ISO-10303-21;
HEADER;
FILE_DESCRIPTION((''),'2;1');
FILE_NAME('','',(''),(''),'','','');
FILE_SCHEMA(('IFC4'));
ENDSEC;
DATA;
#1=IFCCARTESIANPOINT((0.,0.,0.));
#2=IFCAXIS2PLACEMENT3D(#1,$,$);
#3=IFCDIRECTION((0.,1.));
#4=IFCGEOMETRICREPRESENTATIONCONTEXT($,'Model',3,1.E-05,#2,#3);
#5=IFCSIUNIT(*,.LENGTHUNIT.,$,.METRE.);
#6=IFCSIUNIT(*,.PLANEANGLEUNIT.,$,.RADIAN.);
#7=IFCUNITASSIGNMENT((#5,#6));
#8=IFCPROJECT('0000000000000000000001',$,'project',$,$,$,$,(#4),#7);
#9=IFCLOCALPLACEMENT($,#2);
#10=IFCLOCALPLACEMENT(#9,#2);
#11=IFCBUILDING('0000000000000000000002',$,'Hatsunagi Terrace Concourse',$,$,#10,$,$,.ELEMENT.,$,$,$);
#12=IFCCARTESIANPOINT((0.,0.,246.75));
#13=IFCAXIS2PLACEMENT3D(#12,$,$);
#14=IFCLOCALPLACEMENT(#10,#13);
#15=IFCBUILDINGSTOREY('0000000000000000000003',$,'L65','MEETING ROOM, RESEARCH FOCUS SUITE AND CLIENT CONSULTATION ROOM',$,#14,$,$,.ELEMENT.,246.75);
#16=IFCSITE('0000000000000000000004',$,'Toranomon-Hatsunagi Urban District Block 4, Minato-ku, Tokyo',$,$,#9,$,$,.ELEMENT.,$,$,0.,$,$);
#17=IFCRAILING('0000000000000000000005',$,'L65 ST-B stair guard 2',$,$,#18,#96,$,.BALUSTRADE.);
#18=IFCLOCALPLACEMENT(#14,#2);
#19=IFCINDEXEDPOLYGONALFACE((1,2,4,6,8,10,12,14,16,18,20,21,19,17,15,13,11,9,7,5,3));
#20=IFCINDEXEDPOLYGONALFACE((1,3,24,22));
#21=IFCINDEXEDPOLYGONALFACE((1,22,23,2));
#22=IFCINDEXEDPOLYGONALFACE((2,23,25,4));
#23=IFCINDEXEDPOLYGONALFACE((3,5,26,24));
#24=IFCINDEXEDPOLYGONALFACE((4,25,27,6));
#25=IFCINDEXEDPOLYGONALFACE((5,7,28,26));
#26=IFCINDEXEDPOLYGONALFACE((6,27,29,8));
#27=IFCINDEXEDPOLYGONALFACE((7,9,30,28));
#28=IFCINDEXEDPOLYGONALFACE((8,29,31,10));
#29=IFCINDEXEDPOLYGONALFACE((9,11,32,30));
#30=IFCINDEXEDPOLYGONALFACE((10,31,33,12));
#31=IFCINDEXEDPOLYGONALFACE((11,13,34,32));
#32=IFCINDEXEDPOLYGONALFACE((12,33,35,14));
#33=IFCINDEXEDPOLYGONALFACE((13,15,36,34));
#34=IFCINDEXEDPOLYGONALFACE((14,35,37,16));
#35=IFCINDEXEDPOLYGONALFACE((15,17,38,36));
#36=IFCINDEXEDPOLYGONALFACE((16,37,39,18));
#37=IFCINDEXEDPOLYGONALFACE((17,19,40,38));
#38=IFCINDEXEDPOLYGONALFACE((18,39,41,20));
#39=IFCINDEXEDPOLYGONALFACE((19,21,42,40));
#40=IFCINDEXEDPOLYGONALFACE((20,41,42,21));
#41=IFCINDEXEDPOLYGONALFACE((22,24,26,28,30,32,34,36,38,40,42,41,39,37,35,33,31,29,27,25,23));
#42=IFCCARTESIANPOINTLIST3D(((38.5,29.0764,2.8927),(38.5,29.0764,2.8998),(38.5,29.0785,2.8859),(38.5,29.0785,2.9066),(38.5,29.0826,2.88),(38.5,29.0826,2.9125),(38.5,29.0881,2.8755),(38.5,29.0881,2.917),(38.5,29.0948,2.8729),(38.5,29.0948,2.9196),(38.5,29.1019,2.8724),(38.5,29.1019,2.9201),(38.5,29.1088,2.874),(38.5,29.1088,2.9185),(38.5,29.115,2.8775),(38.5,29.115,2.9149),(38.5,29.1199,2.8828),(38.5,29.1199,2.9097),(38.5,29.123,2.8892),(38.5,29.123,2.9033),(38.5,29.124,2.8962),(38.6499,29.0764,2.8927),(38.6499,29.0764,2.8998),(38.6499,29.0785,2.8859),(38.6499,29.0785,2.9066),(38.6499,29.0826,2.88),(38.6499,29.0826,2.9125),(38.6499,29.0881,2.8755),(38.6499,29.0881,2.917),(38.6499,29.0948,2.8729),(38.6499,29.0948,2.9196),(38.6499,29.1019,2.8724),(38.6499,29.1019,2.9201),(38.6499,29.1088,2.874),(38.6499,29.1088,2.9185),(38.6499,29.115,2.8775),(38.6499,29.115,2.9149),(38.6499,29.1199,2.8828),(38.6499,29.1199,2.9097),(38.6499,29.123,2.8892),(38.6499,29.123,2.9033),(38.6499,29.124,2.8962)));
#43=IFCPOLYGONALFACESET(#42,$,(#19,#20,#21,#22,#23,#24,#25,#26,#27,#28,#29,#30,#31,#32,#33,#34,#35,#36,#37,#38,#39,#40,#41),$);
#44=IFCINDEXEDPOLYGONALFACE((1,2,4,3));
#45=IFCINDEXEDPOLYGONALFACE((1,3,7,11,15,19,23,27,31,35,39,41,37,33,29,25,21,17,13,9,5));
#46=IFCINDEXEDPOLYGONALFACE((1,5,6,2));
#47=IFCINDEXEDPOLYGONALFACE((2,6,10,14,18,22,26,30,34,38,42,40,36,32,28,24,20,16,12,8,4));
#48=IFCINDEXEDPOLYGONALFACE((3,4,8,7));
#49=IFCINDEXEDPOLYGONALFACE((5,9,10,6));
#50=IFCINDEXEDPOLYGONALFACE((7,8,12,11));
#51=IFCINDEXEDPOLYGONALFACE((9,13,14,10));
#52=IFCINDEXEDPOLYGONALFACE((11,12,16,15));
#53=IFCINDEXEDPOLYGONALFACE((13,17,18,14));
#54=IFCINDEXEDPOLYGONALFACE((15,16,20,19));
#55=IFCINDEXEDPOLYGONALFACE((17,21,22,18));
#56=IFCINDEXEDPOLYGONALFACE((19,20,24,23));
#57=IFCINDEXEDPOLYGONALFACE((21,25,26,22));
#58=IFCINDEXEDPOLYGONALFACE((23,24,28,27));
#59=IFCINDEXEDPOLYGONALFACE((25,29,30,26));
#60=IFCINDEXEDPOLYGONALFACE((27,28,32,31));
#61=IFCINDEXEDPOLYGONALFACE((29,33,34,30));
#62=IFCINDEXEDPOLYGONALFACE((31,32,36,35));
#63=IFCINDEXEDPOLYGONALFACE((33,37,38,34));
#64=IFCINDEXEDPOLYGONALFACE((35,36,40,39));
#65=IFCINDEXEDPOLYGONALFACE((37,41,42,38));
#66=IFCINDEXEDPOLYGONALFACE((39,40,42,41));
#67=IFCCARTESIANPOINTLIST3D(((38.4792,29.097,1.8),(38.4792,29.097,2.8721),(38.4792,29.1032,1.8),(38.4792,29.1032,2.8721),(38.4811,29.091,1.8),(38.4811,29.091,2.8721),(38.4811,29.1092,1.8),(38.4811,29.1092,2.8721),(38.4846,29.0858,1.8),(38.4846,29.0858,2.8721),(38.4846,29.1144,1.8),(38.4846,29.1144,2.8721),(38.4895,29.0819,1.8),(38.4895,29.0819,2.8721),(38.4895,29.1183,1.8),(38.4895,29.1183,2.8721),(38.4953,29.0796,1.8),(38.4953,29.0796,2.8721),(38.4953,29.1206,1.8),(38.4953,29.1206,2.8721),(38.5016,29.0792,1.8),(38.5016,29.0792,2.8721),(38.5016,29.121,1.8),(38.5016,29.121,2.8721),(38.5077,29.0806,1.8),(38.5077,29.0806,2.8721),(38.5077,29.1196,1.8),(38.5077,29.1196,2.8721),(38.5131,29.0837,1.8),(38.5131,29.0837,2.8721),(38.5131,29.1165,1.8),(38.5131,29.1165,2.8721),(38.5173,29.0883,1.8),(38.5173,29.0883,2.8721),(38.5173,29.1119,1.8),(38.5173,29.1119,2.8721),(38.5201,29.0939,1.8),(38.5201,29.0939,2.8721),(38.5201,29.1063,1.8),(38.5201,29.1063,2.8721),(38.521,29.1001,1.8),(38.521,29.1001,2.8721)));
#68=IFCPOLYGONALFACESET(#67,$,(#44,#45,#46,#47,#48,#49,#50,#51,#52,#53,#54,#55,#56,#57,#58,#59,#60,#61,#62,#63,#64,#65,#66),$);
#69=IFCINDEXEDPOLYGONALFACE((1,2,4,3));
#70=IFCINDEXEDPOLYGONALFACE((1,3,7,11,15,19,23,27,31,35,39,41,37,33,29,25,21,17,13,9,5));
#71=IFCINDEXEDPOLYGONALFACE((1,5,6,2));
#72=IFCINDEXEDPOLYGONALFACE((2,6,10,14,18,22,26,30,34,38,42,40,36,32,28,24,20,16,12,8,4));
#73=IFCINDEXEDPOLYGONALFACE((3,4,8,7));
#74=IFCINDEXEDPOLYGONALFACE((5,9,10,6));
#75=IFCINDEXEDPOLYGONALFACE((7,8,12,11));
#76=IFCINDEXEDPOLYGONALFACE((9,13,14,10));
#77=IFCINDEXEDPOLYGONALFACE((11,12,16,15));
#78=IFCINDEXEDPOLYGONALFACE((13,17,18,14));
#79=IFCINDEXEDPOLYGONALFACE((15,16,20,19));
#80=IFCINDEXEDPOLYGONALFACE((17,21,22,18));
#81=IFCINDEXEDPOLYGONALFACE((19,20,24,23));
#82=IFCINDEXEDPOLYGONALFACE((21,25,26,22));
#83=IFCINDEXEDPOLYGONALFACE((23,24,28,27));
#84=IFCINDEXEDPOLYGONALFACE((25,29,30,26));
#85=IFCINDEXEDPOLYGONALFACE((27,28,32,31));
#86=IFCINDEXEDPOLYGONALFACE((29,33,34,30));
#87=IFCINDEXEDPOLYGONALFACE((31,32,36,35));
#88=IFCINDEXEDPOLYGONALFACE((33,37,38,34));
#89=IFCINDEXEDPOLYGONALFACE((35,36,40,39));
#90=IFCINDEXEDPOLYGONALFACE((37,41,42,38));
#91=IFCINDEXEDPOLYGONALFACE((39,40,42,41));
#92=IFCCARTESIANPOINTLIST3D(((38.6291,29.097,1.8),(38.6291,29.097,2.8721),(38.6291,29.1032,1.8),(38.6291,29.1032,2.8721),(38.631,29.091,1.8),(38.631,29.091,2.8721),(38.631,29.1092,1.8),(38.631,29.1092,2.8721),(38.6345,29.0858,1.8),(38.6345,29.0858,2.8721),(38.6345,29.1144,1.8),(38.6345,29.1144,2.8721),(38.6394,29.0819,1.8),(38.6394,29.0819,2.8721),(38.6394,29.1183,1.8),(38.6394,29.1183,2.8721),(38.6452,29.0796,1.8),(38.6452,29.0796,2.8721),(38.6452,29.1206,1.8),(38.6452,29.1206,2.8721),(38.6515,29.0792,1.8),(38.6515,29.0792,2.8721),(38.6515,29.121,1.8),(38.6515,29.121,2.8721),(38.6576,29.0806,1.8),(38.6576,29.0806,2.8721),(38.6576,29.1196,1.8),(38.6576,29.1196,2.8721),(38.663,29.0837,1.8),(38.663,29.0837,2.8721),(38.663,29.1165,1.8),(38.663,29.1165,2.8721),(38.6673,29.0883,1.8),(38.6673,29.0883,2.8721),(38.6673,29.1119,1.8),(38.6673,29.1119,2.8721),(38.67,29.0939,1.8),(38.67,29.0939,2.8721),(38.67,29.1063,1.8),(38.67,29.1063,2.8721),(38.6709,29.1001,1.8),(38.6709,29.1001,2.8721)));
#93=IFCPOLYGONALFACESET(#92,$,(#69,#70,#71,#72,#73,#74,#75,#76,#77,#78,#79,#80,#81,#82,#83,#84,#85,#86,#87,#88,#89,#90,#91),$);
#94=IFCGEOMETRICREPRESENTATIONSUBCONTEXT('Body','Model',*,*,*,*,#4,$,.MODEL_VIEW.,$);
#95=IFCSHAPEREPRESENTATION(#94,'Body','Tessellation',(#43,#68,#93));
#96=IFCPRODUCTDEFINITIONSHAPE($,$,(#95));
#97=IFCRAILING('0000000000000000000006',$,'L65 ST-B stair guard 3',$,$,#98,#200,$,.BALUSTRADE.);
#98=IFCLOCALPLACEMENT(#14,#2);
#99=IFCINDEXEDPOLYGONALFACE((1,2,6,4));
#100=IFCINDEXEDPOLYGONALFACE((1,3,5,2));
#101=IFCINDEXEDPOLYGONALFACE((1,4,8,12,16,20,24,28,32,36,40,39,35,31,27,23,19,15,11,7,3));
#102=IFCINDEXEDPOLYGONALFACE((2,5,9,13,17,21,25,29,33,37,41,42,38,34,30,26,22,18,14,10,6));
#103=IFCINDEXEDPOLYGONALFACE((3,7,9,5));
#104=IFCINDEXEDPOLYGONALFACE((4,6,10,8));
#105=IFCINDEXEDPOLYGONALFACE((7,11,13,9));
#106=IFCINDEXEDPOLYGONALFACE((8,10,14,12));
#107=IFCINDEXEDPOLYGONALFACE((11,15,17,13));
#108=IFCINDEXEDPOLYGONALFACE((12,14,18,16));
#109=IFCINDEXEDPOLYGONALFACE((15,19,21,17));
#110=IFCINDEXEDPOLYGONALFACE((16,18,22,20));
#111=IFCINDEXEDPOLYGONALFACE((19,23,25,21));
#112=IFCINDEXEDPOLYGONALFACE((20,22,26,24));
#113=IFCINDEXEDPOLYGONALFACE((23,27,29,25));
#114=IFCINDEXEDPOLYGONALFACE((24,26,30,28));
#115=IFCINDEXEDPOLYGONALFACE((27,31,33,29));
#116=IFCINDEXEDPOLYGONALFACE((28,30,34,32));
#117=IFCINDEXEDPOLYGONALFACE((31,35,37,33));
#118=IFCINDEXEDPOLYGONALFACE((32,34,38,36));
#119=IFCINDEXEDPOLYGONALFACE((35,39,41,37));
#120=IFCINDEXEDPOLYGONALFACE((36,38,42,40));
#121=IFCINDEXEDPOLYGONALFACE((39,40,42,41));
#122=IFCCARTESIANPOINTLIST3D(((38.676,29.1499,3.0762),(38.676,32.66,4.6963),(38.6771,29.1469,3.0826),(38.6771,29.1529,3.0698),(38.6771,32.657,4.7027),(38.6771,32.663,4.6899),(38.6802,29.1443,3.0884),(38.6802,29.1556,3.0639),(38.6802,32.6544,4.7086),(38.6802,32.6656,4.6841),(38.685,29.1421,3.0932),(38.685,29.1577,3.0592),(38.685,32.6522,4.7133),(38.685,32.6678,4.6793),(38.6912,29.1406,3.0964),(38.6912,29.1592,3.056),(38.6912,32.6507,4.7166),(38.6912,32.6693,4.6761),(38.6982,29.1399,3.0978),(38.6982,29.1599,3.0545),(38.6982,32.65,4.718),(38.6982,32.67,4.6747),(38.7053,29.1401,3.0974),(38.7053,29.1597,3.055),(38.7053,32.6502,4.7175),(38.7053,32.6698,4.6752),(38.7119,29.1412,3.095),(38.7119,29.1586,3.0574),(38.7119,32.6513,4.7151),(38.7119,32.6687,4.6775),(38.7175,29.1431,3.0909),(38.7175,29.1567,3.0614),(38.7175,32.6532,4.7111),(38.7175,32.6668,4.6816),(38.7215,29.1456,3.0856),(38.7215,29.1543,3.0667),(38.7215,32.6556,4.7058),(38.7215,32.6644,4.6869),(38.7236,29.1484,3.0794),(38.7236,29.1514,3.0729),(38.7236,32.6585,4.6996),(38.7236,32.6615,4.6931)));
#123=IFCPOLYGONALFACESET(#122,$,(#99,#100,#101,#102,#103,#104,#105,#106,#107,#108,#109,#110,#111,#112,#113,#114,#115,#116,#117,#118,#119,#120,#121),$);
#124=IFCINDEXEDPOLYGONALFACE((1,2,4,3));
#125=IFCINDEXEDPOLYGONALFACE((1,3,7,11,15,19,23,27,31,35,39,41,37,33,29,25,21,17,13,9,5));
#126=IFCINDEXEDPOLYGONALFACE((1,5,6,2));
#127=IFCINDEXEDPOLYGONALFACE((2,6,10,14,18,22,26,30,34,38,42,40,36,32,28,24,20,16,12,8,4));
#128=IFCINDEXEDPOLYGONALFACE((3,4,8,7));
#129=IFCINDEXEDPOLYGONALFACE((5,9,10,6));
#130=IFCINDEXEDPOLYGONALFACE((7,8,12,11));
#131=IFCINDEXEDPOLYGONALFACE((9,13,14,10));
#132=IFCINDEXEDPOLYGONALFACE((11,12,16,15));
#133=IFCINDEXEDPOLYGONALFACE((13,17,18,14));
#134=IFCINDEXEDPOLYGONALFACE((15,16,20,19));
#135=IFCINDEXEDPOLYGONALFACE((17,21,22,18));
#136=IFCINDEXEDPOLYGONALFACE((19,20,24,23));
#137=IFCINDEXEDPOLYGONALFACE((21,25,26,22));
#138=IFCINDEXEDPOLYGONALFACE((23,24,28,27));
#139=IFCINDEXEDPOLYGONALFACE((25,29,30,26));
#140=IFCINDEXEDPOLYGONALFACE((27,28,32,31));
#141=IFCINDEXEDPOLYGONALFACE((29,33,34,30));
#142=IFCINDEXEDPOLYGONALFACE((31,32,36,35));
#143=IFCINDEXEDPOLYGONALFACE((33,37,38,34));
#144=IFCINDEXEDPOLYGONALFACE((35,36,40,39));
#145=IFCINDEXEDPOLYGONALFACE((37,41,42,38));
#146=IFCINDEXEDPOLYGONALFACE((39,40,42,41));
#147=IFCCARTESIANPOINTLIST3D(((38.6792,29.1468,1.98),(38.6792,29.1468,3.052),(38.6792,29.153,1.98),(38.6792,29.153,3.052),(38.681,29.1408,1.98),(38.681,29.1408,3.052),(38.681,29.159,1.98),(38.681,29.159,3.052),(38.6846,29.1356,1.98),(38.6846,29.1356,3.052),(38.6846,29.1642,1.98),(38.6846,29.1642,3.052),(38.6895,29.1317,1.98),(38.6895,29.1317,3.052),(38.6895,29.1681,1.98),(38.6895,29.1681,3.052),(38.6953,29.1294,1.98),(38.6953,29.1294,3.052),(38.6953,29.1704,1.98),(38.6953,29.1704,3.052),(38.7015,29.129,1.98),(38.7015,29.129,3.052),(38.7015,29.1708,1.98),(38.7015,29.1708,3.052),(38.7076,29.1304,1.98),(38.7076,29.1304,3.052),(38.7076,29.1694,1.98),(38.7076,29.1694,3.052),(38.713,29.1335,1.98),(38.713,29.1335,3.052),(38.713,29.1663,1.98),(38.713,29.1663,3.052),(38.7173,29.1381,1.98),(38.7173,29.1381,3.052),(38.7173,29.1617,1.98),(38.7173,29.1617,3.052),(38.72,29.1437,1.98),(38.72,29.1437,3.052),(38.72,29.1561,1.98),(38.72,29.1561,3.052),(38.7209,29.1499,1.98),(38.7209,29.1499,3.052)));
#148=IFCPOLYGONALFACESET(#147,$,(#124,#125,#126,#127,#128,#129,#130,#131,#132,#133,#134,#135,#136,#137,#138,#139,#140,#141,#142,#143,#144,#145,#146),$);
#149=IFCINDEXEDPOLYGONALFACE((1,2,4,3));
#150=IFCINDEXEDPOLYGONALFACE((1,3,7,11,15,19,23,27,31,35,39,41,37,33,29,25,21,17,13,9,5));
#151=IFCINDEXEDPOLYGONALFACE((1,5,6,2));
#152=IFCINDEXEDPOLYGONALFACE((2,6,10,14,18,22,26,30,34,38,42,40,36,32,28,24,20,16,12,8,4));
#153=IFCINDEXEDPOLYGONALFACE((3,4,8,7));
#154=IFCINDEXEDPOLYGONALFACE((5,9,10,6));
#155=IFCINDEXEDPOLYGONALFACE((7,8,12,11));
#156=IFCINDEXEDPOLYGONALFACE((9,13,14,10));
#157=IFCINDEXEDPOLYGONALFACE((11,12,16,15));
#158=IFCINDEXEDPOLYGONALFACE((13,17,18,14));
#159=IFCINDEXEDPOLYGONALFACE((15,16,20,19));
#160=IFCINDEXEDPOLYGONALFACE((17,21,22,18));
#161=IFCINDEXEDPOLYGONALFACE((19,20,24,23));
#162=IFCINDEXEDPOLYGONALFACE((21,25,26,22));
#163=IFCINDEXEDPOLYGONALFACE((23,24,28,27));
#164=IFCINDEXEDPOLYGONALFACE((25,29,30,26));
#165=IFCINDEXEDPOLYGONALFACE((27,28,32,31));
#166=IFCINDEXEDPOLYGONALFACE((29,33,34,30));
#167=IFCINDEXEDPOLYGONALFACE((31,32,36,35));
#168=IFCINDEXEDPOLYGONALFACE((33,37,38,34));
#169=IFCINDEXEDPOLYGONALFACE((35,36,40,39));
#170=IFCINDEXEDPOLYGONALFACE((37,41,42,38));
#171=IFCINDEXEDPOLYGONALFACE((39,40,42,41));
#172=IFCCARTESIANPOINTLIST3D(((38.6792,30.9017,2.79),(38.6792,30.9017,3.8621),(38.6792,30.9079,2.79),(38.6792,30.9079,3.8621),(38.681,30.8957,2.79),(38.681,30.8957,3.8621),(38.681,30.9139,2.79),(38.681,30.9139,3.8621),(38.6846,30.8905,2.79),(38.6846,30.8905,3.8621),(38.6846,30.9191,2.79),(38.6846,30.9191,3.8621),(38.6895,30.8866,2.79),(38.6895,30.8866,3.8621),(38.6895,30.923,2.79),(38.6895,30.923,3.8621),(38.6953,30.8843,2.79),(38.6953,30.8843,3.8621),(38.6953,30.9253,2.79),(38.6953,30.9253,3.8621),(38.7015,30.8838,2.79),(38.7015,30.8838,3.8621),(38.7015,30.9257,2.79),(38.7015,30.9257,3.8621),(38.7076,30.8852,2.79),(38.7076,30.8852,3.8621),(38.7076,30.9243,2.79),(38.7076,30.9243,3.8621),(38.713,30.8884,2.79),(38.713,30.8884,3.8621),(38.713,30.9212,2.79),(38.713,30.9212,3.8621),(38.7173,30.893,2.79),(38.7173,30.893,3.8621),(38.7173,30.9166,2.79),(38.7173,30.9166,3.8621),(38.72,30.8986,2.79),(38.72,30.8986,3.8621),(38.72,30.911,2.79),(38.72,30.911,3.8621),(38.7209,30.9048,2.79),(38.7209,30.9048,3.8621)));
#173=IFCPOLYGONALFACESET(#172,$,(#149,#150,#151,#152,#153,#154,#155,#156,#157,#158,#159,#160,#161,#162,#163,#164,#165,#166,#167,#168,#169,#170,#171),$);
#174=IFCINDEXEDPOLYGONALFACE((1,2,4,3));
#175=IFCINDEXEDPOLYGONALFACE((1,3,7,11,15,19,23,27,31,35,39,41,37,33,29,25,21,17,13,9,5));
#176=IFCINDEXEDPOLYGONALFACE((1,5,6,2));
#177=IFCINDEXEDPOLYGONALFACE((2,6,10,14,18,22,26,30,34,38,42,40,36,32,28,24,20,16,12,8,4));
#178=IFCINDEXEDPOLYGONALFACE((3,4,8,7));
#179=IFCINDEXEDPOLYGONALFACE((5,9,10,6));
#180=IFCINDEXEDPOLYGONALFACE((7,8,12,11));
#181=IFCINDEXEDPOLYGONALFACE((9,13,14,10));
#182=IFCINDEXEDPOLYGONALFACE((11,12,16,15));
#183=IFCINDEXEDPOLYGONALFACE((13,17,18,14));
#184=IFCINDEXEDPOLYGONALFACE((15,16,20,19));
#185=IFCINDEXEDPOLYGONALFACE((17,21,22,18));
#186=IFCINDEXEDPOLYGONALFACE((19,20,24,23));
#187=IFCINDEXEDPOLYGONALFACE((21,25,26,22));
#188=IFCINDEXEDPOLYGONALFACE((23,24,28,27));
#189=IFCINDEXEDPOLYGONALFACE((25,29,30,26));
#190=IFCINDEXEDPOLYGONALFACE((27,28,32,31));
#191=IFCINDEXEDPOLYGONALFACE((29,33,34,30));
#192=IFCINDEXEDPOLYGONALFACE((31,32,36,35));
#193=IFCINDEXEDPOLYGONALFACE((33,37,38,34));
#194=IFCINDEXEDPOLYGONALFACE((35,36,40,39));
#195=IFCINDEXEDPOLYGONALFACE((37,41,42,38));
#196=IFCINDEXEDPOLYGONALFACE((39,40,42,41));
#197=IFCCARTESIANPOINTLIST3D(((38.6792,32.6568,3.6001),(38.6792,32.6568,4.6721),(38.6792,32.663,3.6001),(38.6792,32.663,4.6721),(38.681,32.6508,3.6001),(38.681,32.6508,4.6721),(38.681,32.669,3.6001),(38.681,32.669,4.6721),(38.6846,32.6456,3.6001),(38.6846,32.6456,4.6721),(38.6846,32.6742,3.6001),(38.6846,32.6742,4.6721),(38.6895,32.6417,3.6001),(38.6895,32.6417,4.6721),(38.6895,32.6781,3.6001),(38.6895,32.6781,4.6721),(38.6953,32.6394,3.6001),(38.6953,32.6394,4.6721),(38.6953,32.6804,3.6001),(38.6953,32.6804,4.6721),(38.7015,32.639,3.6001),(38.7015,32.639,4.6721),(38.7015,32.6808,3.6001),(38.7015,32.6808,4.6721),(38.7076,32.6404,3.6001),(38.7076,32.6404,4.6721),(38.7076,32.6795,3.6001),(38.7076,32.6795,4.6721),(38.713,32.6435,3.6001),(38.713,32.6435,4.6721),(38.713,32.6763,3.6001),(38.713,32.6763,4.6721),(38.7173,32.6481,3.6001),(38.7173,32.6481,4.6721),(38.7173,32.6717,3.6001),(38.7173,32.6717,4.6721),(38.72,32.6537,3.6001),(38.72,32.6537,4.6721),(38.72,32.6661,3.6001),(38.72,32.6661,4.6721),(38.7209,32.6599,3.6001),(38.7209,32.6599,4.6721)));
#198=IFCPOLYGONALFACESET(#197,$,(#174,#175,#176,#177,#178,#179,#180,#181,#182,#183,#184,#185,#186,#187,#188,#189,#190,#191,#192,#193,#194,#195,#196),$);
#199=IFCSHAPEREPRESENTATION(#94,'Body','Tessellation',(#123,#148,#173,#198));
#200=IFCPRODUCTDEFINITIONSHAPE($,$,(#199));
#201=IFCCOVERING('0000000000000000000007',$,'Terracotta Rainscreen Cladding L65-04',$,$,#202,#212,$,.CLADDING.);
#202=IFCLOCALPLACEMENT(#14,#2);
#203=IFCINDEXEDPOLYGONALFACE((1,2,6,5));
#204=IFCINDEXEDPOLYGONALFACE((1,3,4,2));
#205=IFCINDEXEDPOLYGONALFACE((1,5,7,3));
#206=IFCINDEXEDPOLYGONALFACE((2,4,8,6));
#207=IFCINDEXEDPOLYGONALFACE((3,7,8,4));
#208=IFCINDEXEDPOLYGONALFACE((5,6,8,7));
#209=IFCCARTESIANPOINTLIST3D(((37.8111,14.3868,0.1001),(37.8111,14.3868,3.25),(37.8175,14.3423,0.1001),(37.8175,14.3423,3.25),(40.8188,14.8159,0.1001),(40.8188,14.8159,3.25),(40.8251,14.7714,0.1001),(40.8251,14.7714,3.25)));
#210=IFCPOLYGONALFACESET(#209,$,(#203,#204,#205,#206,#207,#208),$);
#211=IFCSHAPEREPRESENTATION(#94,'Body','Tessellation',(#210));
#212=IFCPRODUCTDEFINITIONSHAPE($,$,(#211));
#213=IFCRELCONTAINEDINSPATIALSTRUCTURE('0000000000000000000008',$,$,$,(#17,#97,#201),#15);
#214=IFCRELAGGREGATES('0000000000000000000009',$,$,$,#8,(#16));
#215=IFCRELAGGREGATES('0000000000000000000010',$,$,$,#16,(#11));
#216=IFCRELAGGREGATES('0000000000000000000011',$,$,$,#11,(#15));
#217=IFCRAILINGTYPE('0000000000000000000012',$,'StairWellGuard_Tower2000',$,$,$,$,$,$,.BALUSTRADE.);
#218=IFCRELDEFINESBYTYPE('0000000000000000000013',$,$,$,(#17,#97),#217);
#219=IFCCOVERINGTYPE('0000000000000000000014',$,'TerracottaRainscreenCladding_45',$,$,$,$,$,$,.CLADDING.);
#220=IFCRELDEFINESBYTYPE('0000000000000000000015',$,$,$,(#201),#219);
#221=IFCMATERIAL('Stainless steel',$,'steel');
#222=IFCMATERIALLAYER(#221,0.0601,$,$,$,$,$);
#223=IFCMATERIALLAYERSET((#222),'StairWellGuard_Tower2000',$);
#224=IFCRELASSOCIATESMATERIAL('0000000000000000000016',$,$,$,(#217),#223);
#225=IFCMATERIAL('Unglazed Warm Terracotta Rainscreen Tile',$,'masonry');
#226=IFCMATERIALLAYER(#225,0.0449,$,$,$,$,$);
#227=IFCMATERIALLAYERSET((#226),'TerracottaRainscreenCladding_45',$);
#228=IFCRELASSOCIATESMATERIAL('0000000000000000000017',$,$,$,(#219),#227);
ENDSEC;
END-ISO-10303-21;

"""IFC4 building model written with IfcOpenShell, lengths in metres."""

from ifc_helpers import new_model, si_unit, direction, frame, origin, origin_2d, place, context, subcontext, project, spatial, rectangle, circle, extrude, material, layer, layer_set, type_object, element, save


model = new_model("IFC4")

# Units and contexts
model_context = context("Model", 3, precision=1e-05, world=origin(), true_north=direction((0.0, 1.0)))
body_context = subcontext(model_context, "Body", "Model", "MODEL_VIEW")
ifc_project = project(units=[si_unit("LENGTHUNIT", "METRE"), si_unit("PLANEANGLEUNIT", "RADIAN")], contexts=[model_context])

# Site, building, storey
site_placement = place(None, origin())
site = spatial("IfcSite", under=ifc_project, at=site_placement, Name="Toranomon-Hatsunagi Urban District Block 4, Minato-ku, Tokyo", CompositionType="ELEMENT", RefElevation=0.0)
building_placement = place(site_placement, origin())
building = spatial("IfcBuilding", under=site, at=building_placement, Name="Hatsunagi Terrace Concourse", CompositionType="ELEMENT")
storey_placement = place(building_placement, frame((0.0, 0.0, 246.75)))
storey = spatial("IfcBuildingStorey", under=building, at=storey_placement, Name="L65", Description="MEETING ROOM, RESEARCH FOCUS SUITE AND CLIENT CONSULTATION ROOM", CompositionType="ELEMENT", Elevation=246.75)

# Railings
ifc_material_1 = material(Name="Stainless steel", Category="steel")
ifc_layer_1 = layer(ifc_material_1, 0.0601)
ifc_layer_set_1 = layer_set([ifc_layer_1], Name="StairWellGuard_Tower2000")
railing_type_1 = type_object("IfcRailingType", Name="StairWellGuard_Tower2000", PredefinedType="BALUSTRADE", material=ifc_layer_set_1)
railing_1_placement = place(storey_placement, frame((38.5, 29.1001, 1.8)))
element("IfcRailing", 1, at=railing_1_placement, inside=storey, type_object=railing_type_1, Name="L65 ST-B stair guard 2", PredefinedType="BALUSTRADE", context=body_context, shape_type="SweptSolid", body=[
    extrude(circle(Radius=0.0239, at=origin_2d()), frame((0.0, 0.0, 1.0962), z_axis=(1.0, 0.0, 0.0), x_axis=(0.0, 1.0, 0.0)), (0.0, 0.0, 1.0), 0.1499),
    extrude(circle(Radius=0.021, at=origin_2d()), origin(), (0.0, 0.0, 1.0), 1.072),
    extrude(circle(Radius=0.021, at=origin_2d()), frame((0.1499, 0.0, 0.0)), (0.0, 0.0, 1.0), 1.072),
])
railing_2_placement = place(storey_placement, frame((38.7, 29.1499, 1.98)))
element("IfcRailing", 2, at=railing_2_placement, inside=storey, type_object=railing_type_1, Name="L65 ST-B stair guard 3", PredefinedType="BALUSTRADE", context=body_context, shape_type="SweptSolid", body=[
    extrude(circle(Radius=0.0239, at=origin_2d()), frame((0.0, 0.0, 1.0962), z_axis=(0.0, 0.907948, 0.419082), x_axis=(-1.0, 0.0, 0.0)), (0.0, 0.0, 1.0), 3.866),
    extrude(circle(Radius=0.021, at=origin_2d()), origin(), (0.0, 0.0, 1.0), 1.072),
    extrude(circle(Radius=0.021, at=origin_2d()), frame((0.0, 1.7549, 0.8101)), (0.0, 0.0, 1.0), 1.072),
    extrude(circle(Radius=0.021, at=origin_2d()), frame((0.0, 3.51, 1.6201)), (0.0, 0.0, 1.0), 1.072),
])

# Covering
ifc_material_2 = material(Name="Unglazed Warm Terracotta Rainscreen Tile", Category="masonry")
ifc_layer_2 = layer(ifc_material_2, 0.0449)
ifc_layer_set_2 = layer_set([ifc_layer_2], Name="TerracottaRainscreenCladding_45")
covering_type = type_object("IfcCoveringType", Name="TerracottaRainscreenCladding_45", PredefinedType="CLADDING", material=ifc_layer_set_2)
covering_placement = place(storey_placement, frame((39.3181, 14.5791, 0.1001), z_axis=(0.0, 0.0, 1.0), x_axis=(-0.989974, -0.14125, 0.0)))
element("IfcCovering", 3, at=covering_placement, inside=storey, type_object=covering_type, Name="Terracotta Rainscreen Cladding L65-04", PredefinedType="CLADDING", context=body_context, shape_type="SweptSolid", body=[
    extrude(rectangle(XDim=3.0381, YDim=0.0449, at=origin_2d()), origin(), (0.0, 0.0, 1.0), 3.1499),
])

save(model, "model.ifc")
